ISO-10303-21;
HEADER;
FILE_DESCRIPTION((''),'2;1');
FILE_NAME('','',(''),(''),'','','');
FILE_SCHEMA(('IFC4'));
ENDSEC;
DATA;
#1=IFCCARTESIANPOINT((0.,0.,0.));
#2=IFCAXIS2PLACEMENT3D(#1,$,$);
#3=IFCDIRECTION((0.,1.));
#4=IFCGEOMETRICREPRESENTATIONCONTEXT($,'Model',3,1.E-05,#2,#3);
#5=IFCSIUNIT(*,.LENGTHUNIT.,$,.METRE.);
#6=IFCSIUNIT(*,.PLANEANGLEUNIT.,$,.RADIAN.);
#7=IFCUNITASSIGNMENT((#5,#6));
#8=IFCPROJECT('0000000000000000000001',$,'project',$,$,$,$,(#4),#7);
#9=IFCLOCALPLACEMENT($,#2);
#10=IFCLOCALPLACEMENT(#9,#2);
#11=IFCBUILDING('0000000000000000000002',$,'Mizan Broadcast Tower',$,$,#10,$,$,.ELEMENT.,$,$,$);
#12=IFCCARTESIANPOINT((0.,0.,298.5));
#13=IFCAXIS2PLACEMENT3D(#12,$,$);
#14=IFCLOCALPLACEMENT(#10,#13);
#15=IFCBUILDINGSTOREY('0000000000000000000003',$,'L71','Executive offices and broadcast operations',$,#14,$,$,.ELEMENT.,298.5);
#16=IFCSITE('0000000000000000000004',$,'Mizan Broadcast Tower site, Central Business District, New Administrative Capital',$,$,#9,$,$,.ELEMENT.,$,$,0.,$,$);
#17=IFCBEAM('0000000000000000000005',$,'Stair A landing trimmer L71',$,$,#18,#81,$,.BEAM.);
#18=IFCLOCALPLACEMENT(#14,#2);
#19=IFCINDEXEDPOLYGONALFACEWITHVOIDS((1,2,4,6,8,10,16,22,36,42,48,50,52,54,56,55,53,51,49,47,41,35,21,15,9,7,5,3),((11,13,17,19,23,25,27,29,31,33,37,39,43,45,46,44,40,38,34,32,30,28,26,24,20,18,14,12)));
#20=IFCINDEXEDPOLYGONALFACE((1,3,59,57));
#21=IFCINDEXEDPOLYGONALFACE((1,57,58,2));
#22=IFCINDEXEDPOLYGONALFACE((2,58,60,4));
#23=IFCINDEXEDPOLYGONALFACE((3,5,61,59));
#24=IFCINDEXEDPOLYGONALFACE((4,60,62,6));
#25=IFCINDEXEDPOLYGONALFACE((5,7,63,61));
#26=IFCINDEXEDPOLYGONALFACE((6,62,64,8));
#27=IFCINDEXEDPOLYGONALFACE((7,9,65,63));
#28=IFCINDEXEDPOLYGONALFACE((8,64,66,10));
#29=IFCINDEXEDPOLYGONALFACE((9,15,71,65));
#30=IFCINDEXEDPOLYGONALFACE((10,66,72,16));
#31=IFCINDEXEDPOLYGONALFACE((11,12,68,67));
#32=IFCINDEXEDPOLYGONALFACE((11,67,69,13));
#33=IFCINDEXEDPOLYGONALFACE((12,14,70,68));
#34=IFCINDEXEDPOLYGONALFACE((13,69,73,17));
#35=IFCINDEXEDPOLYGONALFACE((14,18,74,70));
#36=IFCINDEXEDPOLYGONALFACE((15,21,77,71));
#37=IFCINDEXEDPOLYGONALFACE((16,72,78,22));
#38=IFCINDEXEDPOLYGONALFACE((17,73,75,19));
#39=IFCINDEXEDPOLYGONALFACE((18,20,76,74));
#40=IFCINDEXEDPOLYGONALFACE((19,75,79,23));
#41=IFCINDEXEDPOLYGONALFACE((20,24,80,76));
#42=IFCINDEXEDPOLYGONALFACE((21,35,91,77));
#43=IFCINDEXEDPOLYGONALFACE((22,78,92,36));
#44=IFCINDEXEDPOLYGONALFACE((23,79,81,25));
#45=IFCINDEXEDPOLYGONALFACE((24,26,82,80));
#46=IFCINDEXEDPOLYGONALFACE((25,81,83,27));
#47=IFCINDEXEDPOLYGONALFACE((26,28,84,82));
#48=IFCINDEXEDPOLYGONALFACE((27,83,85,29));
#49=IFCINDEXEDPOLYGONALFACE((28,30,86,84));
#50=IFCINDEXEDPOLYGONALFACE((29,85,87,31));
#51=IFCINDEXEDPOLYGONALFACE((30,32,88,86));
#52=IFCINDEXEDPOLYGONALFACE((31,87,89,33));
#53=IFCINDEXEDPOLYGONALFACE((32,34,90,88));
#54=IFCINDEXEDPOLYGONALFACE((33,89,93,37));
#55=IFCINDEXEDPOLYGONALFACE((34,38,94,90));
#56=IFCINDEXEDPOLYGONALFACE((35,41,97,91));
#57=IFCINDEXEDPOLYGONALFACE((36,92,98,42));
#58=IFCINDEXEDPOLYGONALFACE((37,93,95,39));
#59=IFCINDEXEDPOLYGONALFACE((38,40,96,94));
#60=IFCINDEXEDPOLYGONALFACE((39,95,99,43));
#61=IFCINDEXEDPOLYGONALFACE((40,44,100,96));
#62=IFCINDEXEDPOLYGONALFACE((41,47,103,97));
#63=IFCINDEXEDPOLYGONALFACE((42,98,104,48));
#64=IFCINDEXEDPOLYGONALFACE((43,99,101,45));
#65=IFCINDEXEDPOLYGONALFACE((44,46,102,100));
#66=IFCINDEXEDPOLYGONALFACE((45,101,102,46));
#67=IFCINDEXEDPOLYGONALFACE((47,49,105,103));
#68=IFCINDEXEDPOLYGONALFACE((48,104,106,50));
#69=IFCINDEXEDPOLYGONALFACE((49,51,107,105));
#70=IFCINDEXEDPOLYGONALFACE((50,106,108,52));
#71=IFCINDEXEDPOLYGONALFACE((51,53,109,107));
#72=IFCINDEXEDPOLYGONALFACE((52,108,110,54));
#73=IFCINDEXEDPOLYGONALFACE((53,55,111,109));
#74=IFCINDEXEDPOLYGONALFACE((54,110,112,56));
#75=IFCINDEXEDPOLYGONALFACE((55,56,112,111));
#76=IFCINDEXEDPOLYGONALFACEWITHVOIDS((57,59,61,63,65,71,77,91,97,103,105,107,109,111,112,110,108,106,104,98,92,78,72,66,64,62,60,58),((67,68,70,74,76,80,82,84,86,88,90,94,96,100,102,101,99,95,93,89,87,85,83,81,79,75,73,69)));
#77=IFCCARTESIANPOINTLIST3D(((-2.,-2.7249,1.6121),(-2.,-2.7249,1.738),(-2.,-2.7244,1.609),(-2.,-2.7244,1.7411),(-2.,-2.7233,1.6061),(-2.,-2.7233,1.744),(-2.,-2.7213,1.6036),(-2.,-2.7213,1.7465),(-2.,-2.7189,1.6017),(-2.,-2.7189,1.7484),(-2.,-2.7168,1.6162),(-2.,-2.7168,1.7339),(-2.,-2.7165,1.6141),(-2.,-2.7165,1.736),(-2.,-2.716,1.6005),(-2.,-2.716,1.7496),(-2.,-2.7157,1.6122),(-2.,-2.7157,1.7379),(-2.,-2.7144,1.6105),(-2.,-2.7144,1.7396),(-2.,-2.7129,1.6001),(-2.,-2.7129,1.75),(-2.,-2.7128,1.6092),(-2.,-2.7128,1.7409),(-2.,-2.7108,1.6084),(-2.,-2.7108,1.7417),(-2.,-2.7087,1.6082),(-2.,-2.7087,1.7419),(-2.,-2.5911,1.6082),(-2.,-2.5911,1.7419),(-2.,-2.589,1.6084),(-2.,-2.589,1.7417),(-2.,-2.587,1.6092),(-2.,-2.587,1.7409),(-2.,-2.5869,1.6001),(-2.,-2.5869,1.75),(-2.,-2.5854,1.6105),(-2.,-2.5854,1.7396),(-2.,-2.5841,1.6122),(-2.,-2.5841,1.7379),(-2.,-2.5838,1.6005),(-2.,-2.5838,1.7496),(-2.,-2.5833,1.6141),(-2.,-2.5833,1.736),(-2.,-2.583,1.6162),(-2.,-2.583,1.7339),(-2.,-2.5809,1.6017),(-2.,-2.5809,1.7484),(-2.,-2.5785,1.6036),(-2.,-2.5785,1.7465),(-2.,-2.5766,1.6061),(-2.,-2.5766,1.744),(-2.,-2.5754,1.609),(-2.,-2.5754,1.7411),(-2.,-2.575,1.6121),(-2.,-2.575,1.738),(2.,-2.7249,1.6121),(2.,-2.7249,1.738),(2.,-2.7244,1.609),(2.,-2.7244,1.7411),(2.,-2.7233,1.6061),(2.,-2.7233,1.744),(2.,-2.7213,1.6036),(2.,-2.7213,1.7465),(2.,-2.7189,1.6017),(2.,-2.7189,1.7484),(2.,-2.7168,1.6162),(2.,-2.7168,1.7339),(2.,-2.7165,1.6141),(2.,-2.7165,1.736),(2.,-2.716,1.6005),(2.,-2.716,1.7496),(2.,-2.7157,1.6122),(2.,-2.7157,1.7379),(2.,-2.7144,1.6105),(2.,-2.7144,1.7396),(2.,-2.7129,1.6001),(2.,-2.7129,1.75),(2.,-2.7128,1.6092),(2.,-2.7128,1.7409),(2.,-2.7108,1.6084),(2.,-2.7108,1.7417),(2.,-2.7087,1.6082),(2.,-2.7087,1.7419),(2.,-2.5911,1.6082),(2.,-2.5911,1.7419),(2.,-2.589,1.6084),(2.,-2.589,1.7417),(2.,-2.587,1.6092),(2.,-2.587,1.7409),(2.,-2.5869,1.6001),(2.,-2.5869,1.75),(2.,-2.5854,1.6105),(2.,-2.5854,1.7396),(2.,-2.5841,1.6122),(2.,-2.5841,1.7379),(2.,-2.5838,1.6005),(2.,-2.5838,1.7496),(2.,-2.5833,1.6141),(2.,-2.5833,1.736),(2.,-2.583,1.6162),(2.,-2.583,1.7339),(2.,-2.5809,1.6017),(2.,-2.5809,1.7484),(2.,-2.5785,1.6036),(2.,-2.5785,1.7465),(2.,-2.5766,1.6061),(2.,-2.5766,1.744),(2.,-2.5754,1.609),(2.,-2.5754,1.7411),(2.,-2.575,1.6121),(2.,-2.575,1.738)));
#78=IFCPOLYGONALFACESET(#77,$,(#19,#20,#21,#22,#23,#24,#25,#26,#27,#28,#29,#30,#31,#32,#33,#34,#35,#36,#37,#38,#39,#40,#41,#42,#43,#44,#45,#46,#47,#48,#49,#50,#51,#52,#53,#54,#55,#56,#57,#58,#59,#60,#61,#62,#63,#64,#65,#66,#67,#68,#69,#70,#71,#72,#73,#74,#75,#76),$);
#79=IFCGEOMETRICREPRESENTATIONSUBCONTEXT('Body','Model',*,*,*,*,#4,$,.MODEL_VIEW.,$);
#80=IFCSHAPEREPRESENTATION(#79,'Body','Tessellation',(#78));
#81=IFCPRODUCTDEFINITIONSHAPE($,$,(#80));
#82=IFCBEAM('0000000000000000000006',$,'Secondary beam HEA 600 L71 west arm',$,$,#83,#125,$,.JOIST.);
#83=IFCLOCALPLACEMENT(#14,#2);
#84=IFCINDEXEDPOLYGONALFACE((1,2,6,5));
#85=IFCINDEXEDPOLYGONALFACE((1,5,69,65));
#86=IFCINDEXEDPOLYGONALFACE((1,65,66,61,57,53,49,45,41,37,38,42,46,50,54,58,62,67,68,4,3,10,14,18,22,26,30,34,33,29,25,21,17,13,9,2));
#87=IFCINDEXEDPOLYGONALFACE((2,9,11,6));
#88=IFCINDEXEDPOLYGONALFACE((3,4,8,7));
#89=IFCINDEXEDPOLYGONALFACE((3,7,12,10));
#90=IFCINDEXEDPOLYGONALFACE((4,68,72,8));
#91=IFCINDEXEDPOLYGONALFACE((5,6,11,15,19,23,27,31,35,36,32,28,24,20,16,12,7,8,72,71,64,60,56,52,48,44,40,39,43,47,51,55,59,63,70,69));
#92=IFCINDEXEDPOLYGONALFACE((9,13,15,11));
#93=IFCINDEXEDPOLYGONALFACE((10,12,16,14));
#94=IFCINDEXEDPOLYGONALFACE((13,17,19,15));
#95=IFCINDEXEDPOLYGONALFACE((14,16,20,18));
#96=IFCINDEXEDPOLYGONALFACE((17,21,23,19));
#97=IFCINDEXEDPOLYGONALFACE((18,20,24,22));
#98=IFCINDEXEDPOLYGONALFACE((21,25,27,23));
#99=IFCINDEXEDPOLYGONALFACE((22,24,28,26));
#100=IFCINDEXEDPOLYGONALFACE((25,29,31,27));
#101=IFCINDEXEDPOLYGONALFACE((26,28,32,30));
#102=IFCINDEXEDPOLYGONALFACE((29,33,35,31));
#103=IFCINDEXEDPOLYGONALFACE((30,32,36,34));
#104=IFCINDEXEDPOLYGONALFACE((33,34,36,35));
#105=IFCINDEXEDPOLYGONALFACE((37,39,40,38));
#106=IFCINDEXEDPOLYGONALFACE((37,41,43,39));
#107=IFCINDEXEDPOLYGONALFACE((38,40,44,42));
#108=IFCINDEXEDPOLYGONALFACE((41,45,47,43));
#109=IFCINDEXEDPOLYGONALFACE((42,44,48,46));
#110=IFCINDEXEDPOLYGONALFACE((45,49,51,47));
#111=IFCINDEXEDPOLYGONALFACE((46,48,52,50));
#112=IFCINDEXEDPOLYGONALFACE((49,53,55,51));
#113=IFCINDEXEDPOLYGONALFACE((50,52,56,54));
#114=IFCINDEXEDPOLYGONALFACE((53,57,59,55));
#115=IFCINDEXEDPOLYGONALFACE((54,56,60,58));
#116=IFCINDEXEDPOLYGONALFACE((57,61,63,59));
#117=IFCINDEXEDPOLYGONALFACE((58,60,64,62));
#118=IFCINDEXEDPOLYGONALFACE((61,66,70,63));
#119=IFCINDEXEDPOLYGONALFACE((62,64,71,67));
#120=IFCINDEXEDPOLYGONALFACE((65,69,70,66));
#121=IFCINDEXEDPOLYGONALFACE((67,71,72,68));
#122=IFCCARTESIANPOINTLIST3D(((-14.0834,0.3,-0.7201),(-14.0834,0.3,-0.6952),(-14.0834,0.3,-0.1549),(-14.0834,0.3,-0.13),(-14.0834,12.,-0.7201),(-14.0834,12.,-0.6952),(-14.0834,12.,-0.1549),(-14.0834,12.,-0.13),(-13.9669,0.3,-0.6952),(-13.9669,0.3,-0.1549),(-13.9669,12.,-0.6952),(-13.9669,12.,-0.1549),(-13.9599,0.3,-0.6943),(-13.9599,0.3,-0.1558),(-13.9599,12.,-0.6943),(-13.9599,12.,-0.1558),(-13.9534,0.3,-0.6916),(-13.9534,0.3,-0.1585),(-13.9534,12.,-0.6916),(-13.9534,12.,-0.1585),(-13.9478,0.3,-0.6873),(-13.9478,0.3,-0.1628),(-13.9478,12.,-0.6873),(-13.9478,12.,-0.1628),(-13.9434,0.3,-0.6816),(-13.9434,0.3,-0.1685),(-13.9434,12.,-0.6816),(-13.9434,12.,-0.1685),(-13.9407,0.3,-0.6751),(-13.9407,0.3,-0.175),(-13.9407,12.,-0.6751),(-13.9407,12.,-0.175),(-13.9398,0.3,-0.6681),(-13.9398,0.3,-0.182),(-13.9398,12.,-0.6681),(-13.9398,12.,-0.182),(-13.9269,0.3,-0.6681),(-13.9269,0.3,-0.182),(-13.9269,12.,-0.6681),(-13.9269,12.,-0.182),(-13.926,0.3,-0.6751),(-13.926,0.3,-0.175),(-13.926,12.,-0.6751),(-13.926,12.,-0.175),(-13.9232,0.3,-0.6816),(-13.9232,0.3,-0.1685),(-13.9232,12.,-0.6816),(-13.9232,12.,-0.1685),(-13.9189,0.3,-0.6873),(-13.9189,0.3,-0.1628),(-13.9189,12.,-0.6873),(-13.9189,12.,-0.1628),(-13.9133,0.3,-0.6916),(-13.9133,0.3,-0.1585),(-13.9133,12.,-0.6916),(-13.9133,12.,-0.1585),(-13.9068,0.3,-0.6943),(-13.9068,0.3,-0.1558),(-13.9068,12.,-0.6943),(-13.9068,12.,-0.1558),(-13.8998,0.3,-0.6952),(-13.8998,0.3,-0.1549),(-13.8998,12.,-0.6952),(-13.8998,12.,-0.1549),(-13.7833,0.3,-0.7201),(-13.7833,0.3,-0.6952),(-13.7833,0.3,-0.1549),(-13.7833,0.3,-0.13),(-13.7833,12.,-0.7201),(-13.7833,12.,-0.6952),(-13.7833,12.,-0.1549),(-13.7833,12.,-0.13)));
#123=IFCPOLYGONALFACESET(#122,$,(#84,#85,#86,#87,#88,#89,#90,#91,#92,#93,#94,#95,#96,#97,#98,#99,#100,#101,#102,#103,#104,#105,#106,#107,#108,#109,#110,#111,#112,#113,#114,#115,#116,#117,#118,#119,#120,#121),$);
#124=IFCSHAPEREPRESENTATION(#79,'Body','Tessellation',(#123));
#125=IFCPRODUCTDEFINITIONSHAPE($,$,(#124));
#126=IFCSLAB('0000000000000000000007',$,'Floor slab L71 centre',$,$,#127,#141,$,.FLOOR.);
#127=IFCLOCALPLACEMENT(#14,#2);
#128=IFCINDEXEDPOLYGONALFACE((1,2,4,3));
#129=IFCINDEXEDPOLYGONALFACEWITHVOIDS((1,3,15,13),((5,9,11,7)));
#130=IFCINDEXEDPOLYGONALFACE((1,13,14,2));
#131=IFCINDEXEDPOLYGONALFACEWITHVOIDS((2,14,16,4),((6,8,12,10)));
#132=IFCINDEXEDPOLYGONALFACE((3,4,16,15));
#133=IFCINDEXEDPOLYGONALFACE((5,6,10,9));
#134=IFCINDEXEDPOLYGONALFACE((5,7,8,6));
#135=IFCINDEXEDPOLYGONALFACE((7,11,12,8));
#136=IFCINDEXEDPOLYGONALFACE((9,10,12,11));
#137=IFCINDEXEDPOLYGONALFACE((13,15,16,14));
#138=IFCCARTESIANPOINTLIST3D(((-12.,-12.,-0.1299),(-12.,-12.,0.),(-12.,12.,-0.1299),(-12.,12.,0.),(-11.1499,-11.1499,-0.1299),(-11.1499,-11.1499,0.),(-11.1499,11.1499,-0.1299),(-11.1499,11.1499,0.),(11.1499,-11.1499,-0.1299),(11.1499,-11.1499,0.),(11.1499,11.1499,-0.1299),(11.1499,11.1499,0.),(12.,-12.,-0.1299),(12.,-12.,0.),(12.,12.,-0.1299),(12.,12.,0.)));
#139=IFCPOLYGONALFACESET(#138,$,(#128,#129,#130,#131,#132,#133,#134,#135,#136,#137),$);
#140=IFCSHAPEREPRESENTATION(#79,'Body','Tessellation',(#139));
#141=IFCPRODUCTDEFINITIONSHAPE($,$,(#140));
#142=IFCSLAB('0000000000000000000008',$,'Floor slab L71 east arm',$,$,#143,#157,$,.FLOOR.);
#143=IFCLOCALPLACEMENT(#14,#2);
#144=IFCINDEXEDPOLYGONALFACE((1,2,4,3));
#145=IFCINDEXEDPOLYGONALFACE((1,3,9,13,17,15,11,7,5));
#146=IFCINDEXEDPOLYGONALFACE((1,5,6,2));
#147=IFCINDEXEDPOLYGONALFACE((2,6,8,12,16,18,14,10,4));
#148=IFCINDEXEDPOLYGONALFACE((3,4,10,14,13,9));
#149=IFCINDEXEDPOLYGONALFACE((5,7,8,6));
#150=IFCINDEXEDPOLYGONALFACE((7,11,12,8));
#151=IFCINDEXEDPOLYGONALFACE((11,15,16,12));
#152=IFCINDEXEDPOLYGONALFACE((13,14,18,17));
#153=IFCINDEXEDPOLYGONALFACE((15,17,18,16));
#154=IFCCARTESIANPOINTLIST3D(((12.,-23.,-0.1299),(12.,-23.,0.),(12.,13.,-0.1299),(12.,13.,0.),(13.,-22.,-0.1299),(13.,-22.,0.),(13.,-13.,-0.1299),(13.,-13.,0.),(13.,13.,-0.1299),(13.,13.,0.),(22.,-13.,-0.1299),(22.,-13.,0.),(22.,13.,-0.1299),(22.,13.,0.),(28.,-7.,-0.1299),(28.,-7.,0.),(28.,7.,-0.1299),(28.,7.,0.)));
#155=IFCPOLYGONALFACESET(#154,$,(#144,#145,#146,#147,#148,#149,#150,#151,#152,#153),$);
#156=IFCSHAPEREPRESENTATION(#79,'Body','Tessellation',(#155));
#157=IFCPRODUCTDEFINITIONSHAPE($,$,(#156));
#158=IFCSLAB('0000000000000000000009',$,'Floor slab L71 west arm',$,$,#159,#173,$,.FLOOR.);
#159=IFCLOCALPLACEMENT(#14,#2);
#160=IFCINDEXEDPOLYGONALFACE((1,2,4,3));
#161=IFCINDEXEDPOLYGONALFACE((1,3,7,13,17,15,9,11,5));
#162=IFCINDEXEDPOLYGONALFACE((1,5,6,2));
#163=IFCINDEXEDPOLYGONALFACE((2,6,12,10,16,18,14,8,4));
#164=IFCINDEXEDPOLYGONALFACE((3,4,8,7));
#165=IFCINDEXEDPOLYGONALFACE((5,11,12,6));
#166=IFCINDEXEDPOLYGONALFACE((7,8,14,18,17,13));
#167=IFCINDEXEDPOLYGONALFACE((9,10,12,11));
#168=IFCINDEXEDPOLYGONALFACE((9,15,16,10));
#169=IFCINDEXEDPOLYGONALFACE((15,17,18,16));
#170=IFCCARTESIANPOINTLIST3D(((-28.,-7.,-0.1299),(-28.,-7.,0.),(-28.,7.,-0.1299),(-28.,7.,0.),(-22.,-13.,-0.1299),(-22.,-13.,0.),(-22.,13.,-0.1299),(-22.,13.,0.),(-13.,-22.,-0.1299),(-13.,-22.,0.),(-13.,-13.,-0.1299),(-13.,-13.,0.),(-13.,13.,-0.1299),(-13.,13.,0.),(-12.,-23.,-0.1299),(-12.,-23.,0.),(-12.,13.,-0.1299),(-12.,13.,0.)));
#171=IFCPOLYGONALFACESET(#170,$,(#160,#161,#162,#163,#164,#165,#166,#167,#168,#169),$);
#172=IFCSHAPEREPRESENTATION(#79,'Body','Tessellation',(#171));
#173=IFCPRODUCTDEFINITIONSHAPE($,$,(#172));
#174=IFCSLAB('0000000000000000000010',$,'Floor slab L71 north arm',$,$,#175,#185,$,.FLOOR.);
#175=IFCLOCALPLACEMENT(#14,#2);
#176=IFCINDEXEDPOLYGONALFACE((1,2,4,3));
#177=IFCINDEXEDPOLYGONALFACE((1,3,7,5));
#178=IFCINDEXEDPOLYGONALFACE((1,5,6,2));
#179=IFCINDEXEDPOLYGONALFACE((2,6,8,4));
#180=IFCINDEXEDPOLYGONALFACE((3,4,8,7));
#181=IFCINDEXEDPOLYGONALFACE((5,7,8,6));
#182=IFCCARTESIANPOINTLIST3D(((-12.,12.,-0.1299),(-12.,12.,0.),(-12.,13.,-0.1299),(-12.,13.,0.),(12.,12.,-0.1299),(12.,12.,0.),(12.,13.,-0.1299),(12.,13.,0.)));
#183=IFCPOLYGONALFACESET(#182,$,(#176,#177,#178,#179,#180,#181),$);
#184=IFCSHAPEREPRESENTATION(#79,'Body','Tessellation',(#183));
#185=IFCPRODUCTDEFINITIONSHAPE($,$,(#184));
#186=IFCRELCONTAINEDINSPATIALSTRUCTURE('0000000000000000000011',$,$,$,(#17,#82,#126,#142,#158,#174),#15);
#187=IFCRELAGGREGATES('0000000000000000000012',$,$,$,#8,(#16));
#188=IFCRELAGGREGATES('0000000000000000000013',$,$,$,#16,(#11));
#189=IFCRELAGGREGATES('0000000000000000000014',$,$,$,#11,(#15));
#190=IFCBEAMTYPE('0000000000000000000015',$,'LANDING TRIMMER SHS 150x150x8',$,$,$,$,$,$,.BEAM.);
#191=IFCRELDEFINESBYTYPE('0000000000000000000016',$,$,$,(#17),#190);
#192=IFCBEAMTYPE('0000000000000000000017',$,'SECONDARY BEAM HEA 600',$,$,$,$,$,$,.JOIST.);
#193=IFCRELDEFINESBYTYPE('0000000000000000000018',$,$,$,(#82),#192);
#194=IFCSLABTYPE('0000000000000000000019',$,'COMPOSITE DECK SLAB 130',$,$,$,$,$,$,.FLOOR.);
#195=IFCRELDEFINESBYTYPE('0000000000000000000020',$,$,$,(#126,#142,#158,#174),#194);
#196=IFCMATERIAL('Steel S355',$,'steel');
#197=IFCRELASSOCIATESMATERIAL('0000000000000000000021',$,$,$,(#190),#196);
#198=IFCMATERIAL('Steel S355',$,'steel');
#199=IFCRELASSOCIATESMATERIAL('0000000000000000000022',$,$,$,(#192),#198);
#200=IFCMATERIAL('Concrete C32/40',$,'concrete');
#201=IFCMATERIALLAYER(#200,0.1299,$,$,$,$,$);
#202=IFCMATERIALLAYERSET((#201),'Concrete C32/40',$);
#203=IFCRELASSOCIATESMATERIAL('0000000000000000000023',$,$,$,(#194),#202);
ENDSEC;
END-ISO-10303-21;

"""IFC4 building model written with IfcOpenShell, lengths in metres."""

from ifc_helpers import new_model, si_unit, direction, frame, origin, origin_2d, place, context, subcontext, project, spatial, polyline, hollow_rectangle, i_section, outline, extrude, material, layer, layer_set, material_profile, profile_set, type_object, element, save


model = new_model("IFC4")

# Units and contexts
model_context = context("Model", 3, precision=1e-05, world=origin(), true_north=direction((0.0, 1.0)))
body_context = subcontext(model_context, "Body", "Model", "MODEL_VIEW")
ifc_project = project(units=[si_unit("LENGTHUNIT", "METRE"), si_unit("PLANEANGLEUNIT", "RADIAN")], contexts=[model_context])

# Site, building, storey
site_placement = place(None, origin())
site = spatial("IfcSite", under=ifc_project, at=site_placement, Name="Mizan Broadcast Tower site, Central Business District, New Administrative Capital", CompositionType="ELEMENT", RefElevation=0.0)
building_placement = place(site_placement, origin())
building = spatial("IfcBuilding", under=site, at=building_placement, Name="Mizan Broadcast Tower", CompositionType="ELEMENT")
storey_placement = place(building_placement, frame((0.0, 0.0, 298.5)))
storey = spatial("IfcBuildingStorey", under=building, at=storey_placement, Name="L71", Description="Executive offices and broadcast operations", CompositionType="ELEMENT", Elevation=298.5)

# Beams
ifc_material_1 = material(Name="Steel S355", Category="steel")
ifc_material_profile_1 = material_profile(ifc_material_1, hollow_rectangle(XDim=0.1499, YDim=0.1499, WallThickness=0.0081, InnerFilletRadius=0.0081, OuterFilletRadius=0.012, at=origin_2d()), Name="SHS 150x150x8")
ifc_profile_set_1 = profile_set([ifc_material_profile_1], Name="Steel S355")
beam_type_1 = type_object("IfcBeamType", Name="LANDING TRIMMER SHS 150x150x8", PredefinedType="BEAM", material=ifc_profile_set_1)
for number, where, z_axis, x_axis, name in (
    (1, (-2.0, -2.6499, 1.675), (1.0, 0.0, 0.0), (0.0, 1.0, 0.0), "Stair A landing trimmer L71"),
):
    element("IfcBeam", number, at=place(storey_placement, frame(where, z_axis=z_axis, x_axis=x_axis)), inside=storey, type_object=beam_type_1, Name=name, PredefinedType="BEAM", context=body_context, shape_type="SweptSolid", body=[
        extrude(hollow_rectangle(XDim=0.1499, YDim=0.1499, WallThickness=0.0081, InnerFilletRadius=0.0081, OuterFilletRadius=0.012, at=origin_2d()), origin(), (0.0, 0.0, 1.0), 4.0),
    ])
ifc_material_2 = material(Name="Steel S355", Category="steel")
ifc_material_profile_2 = material_profile(ifc_material_2, i_section(OverallWidth=0.3, OverallDepth=0.5901, WebThickness=0.0129, FlangeThickness=0.0249, FilletRadius=0.0271, at=origin_2d()), Name="HEA 600")
ifc_profile_set_2 = profile_set([ifc_material_profile_2], Name="Steel S355")
beam_type_2 = type_object("IfcBeamType", Name="SECONDARY BEAM HEA 600", PredefinedType="JOIST", material=ifc_profile_set_2)
beam_1_placement = place(storey_placement, frame((-13.9333, 12.0, -0.425), z_axis=(0.0, -1.0, 0.0), x_axis=(1.0, 0.0, 0.0)))
element("IfcBeam", 2, at=beam_1_placement, inside=storey, type_object=beam_type_2, Name="Secondary beam HEA 600 L71 west arm", PredefinedType="JOIST", context=body_context, shape_type="SweptSolid", body=[
    extrude(i_section(OverallWidth=0.3, OverallDepth=0.5901, WebThickness=0.0129, FlangeThickness=0.0249, FilletRadius=0.0271, at=origin_2d()), origin(), (0.0, 0.0, 1.0), 11.7),
])

# Slabs
ifc_material_3 = material(Name="Concrete C32/40", Category="concrete")
ifc_layer_1 = layer(ifc_material_3, 0.1299)
ifc_layer_set_1 = layer_set([ifc_layer_1], Name="Concrete C32/40")
slab_type = type_object("IfcSlabType", Name="COMPOSITE DECK SLAB 130", PredefinedType="FLOOR", material=ifc_layer_set_1)
slab_1_placement = place(storey_placement, frame((0.0, 0.0, -0.1299)))
element("IfcSlab", 3, at=slab_1_placement, inside=storey, type_object=slab_type, Name="Floor slab L71 centre", PredefinedType="FLOOR", context=body_context, shape_type="SweptSolid", body=[
    extrude(outline(polyline([(-12.0, -12.0), (12.0, -12.0), (12.0, 12.0), (-12.0, 12.0), (-12.0, -12.0)]), holes=[polyline([(-11.1499, 11.1499), (11.1499, 11.1499), (11.1499, -11.1499), (-11.1499, -11.1499), (-11.1499, 11.1499)])]), origin(), (0.0, 0.0, 1.0), 0.1299),
])
slab_2_placement = place(storey_placement, frame((0.0, 0.0, -0.1299)))
element("IfcSlab", 4, at=slab_2_placement, inside=storey, type_object=slab_type, Name="Floor slab L71 east arm", PredefinedType="FLOOR", context=body_context, shape_type="SweptSolid", body=[
    extrude(outline(polyline([(12.0, -23.0), (13.0, -22.0), (13.0, -13.0), (22.0, -13.0), (28.0, -7.0), (28.0, 7.0), (22.0, 13.0), (13.0, 13.0), (12.0, 13.0), (12.0, -23.0)])), origin(), (0.0, 0.0, 1.0), 0.1299),
])
slab_3_placement = place(storey_placement, frame((0.0, 0.0, -0.1299)))
element("IfcSlab", 5, at=slab_3_placement, inside=storey, type_object=slab_type, Name="Floor slab L71 west arm", PredefinedType="FLOOR", context=body_context, shape_type="SweptSolid", body=[
    extrude(outline(polyline([(-13.0, -22.0), (-12.0, -23.0), (-12.0, 13.0), (-13.0, 13.0), (-22.0, 13.0), (-28.0, 7.0), (-28.0, -7.0), (-22.0, -13.0), (-13.0, -13.0), (-13.0, -22.0)])), origin(), (0.0, 0.0, 1.0), 0.1299),
])
slab_4_placement = place(storey_placement, frame((0.0, 0.0, -0.1299)))
element("IfcSlab", 6, at=slab_4_placement, inside=storey, type_object=slab_type, Name="Floor slab L71 north arm", PredefinedType="FLOOR", context=body_context, shape_type="SweptSolid", body=[
    extrude(outline(polyline([(12.0, 13.0), (-12.0, 13.0), (-12.0, 12.0), (12.0, 12.0), (12.0, 13.0)])), origin(), (0.0, 0.0, 1.0), 0.1299),
])

save(model, "model.ifc")
